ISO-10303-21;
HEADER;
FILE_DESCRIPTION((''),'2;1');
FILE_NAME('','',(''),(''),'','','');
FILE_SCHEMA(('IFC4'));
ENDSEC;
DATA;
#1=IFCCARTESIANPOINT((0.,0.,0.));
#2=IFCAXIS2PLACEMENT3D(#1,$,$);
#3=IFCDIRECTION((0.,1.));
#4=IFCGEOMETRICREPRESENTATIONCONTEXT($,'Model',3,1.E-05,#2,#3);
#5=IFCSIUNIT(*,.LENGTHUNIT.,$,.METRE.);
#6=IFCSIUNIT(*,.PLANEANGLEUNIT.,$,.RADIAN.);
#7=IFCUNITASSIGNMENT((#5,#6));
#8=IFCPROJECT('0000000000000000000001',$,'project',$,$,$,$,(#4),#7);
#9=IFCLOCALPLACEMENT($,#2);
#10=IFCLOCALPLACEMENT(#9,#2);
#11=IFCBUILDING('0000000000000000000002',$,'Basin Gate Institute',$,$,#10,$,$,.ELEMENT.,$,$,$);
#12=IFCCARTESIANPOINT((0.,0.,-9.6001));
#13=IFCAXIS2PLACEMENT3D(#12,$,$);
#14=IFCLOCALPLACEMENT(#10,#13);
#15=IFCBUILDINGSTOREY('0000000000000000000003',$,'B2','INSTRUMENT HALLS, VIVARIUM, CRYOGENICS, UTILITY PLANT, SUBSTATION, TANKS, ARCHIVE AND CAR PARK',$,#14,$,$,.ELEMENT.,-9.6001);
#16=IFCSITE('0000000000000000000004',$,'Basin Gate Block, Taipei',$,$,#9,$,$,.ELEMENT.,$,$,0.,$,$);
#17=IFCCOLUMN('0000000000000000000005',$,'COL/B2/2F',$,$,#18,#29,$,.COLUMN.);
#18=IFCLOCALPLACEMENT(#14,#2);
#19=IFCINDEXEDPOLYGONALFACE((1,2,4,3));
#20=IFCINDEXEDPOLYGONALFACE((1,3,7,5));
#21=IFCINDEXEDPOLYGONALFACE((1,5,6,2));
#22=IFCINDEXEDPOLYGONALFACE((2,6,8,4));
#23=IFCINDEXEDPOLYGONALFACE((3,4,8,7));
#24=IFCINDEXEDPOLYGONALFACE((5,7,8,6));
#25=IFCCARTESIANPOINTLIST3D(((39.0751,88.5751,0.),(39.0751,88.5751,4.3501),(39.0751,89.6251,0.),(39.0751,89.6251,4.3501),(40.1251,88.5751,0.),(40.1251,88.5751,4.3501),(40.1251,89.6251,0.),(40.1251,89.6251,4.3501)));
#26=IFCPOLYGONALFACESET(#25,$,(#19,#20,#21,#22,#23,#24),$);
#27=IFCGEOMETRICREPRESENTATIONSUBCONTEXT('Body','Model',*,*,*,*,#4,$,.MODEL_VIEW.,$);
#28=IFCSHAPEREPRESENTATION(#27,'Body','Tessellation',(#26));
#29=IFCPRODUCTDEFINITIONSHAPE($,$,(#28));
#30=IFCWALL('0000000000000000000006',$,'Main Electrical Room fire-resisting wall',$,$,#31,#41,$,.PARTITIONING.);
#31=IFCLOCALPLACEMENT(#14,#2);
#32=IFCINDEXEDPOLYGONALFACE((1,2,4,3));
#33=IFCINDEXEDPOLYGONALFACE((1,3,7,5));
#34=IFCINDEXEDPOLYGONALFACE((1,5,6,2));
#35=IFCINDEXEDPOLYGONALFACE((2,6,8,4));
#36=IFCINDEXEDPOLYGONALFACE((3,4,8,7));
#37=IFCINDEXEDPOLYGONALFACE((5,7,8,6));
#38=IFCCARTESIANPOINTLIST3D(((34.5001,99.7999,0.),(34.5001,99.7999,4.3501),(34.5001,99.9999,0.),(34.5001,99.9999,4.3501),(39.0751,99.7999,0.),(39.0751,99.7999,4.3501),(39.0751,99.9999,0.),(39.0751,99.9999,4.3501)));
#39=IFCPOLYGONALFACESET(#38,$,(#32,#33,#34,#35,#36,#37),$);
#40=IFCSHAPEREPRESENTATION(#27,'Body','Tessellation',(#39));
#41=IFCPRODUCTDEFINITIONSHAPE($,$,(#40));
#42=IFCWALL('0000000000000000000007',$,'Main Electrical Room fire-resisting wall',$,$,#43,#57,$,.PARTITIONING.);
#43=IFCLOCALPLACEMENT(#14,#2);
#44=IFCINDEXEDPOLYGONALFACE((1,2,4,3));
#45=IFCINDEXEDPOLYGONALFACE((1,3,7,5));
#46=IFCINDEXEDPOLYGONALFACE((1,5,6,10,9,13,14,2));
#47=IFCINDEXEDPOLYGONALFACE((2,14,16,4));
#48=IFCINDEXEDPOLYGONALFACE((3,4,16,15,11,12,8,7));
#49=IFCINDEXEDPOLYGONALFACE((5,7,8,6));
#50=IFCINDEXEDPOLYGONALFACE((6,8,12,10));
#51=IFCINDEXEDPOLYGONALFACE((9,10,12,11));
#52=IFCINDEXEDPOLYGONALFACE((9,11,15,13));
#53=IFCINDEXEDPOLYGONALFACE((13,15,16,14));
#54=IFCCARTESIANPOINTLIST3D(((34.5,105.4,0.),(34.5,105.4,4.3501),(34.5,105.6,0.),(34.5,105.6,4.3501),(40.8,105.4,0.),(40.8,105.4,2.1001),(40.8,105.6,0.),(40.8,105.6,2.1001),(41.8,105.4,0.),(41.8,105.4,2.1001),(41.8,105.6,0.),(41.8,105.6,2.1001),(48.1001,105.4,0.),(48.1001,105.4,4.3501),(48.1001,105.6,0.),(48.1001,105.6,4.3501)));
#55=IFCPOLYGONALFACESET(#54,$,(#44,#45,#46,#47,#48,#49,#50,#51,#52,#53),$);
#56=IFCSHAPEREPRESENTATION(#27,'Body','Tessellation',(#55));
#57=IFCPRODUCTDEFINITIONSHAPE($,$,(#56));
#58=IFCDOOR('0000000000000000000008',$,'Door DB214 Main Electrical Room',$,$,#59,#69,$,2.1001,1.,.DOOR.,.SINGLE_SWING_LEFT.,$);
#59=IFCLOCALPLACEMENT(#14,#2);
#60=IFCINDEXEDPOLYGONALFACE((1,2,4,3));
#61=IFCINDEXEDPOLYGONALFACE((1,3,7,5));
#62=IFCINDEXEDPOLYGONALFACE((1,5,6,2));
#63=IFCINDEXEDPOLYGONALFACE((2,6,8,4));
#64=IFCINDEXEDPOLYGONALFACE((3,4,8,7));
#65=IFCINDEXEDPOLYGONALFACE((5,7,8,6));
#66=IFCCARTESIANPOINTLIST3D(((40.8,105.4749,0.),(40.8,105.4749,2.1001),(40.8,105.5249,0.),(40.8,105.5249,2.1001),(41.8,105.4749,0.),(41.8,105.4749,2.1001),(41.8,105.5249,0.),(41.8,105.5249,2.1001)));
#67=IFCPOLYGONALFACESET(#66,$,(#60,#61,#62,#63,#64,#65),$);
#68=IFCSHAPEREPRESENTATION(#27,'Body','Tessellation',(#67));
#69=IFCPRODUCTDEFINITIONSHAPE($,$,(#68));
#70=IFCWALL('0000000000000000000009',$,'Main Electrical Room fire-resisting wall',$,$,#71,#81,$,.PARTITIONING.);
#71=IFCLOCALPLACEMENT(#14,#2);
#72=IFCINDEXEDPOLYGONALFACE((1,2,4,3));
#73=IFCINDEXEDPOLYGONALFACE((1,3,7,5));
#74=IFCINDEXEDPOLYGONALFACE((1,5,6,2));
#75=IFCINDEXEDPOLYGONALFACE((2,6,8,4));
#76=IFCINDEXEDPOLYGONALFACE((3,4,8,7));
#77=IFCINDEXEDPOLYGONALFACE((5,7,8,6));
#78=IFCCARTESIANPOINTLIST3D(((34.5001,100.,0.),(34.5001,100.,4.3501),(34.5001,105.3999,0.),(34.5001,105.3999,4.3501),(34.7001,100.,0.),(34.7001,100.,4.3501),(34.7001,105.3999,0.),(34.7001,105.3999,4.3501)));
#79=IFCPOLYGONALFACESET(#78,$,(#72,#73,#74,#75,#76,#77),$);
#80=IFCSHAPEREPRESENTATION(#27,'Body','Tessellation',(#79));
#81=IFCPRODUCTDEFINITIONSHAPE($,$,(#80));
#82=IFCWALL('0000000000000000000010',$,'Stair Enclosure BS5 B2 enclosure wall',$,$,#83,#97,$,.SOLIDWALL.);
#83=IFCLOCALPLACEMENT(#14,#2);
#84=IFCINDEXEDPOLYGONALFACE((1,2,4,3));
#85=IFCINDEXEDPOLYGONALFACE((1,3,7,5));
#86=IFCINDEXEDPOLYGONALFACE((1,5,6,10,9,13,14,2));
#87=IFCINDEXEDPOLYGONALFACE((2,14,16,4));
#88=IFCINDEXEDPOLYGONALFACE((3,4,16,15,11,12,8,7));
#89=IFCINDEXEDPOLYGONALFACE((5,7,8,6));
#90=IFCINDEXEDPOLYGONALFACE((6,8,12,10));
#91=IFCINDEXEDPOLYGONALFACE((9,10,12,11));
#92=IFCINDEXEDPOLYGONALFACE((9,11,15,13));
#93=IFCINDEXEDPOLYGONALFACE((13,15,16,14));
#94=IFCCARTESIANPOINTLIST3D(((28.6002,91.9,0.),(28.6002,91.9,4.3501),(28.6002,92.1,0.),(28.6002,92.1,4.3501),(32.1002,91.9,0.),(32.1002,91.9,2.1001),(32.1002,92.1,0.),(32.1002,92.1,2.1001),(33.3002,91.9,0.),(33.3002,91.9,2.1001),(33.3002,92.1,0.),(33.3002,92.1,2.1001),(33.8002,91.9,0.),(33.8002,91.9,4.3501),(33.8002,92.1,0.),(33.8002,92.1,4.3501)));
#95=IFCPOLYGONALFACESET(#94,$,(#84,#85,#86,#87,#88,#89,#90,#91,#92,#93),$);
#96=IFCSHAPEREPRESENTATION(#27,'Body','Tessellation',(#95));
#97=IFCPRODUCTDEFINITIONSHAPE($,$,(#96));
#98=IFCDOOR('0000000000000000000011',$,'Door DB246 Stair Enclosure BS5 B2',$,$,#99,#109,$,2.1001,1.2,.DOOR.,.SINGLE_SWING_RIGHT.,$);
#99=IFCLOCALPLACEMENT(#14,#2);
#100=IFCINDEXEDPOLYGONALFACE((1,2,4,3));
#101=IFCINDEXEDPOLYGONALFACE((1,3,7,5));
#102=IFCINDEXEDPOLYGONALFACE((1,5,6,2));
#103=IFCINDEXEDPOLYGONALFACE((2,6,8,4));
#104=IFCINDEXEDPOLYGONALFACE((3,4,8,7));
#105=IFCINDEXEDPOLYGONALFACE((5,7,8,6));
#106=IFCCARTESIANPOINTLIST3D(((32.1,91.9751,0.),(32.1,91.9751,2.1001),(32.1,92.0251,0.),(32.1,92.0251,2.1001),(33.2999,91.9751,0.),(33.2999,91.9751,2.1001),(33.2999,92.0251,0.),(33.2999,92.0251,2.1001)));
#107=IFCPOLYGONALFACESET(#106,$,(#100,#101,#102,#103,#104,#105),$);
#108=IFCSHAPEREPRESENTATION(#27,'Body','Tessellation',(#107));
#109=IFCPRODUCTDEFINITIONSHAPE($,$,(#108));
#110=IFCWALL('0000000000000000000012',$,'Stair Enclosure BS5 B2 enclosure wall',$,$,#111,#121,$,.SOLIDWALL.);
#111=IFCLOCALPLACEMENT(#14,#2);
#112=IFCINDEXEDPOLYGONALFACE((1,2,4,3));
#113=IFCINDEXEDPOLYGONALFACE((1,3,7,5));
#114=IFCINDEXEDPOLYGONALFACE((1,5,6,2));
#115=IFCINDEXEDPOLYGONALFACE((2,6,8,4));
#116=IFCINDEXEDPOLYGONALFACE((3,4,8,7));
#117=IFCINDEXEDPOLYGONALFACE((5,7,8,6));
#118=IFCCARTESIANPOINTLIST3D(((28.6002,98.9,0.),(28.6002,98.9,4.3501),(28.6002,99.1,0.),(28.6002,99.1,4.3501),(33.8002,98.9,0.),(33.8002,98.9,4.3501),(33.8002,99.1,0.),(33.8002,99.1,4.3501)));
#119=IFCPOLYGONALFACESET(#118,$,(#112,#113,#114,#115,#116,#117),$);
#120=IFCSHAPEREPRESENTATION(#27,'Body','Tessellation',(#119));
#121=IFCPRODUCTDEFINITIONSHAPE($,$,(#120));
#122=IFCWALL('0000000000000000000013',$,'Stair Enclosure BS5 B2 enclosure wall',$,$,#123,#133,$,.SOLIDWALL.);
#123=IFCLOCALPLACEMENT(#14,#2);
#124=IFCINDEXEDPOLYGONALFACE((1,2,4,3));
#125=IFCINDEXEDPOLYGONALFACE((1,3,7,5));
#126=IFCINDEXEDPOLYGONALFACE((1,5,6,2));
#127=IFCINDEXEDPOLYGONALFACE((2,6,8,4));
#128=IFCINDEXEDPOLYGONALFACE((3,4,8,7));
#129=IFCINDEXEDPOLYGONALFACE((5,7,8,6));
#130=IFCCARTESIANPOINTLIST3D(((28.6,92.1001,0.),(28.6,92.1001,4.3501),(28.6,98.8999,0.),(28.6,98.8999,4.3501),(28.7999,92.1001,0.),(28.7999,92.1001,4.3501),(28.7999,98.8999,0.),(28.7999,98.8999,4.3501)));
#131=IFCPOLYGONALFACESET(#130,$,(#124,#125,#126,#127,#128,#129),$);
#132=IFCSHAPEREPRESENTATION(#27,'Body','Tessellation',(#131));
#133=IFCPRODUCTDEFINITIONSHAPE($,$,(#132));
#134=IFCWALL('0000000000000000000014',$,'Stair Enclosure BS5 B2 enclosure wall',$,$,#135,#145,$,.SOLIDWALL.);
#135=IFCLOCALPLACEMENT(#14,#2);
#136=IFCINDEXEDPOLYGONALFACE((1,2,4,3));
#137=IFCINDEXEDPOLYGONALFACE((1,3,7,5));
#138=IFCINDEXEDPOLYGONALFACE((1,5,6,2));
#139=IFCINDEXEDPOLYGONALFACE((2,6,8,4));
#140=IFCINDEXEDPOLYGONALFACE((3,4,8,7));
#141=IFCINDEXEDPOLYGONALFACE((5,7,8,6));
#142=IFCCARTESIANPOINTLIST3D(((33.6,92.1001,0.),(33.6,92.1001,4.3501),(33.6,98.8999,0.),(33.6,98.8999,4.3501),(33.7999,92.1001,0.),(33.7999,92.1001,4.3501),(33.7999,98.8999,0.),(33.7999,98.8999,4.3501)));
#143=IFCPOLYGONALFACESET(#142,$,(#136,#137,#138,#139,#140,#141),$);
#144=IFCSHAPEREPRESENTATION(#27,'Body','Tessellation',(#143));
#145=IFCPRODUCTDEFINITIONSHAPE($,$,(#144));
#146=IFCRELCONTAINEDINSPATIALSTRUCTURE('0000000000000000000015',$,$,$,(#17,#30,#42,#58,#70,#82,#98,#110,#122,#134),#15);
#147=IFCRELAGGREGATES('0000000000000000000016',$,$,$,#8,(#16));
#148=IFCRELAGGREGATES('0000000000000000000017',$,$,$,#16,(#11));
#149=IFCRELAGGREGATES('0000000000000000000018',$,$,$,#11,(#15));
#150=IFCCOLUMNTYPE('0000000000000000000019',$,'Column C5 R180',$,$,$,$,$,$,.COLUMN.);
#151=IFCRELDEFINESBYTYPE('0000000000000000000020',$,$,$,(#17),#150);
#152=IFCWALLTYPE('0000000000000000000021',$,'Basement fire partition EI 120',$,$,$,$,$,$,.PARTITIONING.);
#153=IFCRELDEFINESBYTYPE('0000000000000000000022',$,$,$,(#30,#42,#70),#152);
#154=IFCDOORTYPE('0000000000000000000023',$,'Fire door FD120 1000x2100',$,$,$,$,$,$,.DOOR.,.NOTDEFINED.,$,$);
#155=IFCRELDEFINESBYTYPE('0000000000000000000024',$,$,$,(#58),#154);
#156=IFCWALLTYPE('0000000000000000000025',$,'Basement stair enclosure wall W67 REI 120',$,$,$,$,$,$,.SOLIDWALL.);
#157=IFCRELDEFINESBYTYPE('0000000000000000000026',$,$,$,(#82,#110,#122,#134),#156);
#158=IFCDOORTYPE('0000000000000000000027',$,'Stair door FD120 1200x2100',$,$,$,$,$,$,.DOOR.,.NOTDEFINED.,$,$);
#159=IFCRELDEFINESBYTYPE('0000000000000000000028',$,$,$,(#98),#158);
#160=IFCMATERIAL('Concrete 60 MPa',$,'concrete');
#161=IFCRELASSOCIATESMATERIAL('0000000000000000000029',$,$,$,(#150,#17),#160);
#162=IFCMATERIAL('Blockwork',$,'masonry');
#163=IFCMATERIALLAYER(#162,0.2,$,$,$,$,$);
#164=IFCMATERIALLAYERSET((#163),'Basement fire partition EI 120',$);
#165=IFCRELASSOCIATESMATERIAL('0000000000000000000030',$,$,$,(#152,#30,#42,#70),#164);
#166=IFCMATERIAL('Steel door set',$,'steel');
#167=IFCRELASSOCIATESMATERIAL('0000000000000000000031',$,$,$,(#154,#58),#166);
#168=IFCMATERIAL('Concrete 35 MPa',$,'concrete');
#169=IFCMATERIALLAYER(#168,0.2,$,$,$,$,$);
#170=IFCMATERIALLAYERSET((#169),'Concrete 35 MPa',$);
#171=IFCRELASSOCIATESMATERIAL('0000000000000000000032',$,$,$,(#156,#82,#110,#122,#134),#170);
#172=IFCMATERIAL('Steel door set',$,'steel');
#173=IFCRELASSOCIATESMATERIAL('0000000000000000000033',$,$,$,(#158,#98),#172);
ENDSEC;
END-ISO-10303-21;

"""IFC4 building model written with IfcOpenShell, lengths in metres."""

from ifc_helpers import new_model, si_unit, direction, frame, frame_2d, origin, origin_2d, place, context, subcontext, project, spatial, rectangle, extrude, material, layer, layer_set, material_profile, profile_set, type_object, element, fill, save


model = new_model("IFC4")

# Units and contexts
model_context = context("Model", 3, precision=1e-05, world=origin(), true_north=direction((0.0, 1.0)))
body_context = subcontext(model_context, "Body", "Model", "MODEL_VIEW")
ifc_project = project(units=[si_unit("LENGTHUNIT", "METRE"), si_unit("PLANEANGLEUNIT", "RADIAN")], contexts=[model_context])

# Site, building, storey
site_placement = place(None, origin())
site = spatial("IfcSite", under=ifc_project, at=site_placement, Name="Basin Gate Block, Taipei", CompositionType="ELEMENT", RefElevation=0.0)
building_placement = place(site_placement, origin())
building = spatial("IfcBuilding", under=site, at=building_placement, Name="Basin Gate Institute", CompositionType="ELEMENT")
storey_placement = place(building_placement, frame((0.0, 0.0, -9.6001)))
storey = spatial("IfcBuildingStorey", under=building, at=storey_placement, Name="B2", Description="INSTRUMENT HALLS, VIVARIUM, CRYOGENICS, UTILITY PLANT, SUBSTATION, TANKS, ARCHIVE AND CAR PARK", CompositionType="ELEMENT", Elevation=-9.6001)

# Column
ifc_material_1 = material(Name="Concrete 60 MPa", Category="concrete")
ifc_material_profile_1 = material_profile(ifc_material_1, rectangle(XDim=1.05, YDim=1.05, at=origin_2d()), Name="Column C5 1050 x 1050")
ifc_profile_set_1 = profile_set([ifc_material_profile_1], Name="Concrete 60 MPa")
column_type = type_object("IfcColumnType", Name="Column C5 R180", PredefinedType="COLUMN", material=ifc_profile_set_1)
column_placement = place(storey_placement, frame((39.6001, 89.1001, 0.0), z_axis=(0.0, 0.0, 1.0), x_axis=(1.0, 0.0, 0.0)))
element("IfcColumn", 1, at=column_placement, inside=storey, type_object=column_type, material=ifc_profile_set_1, Name="COL/B2/2F", PredefinedType="COLUMN", context=body_context, shape_type="SweptSolid", body=[
    extrude(rectangle(XDim=1.05, YDim=1.05, at=origin_2d()), origin(), (0.0, 0.0, 1.0), 4.3501),
])

# Wall
ifc_material_2 = material(Name="Blockwork", Category="masonry")
ifc_layer_1 = layer(ifc_material_2, 0.2)
ifc_layer_set_1 = layer_set([ifc_layer_1], Name="Basement fire partition EI 120")
wall_type_1 = type_object("IfcWallType", Name="Basement fire partition EI 120", PredefinedType="PARTITIONING", material=ifc_layer_set_1)
wall_1_placement = place(storey_placement, frame((34.5, 99.8999, 0.0), z_axis=(0.0, 0.0, 1.0), x_axis=(1.0, 0.0, 0.0)))
element("IfcWall", 2, at=wall_1_placement, inside=storey, type_object=wall_type_1, material=ifc_layer_set_1, Name="Main Electrical Room fire-resisting wall", PredefinedType="PARTITIONING", context=body_context, shape_type="SweptSolid", body=[
    extrude(rectangle(XDim=4.575, YDim=0.2, at=frame_2d((2.2876, 0.0))), origin(), (0.0, 0.0, 1.0), 4.3501),
])

# Wall, opening, door
wall_2_placement = place(storey_placement, frame((34.5, 105.5, 0.0), z_axis=(0.0, 0.0, 1.0), x_axis=(1.0, 0.0, 0.0)))
wall_2 = element("IfcWall", 3, at=wall_2_placement, inside=storey, type_object=wall_type_1, material=ifc_layer_set_1, Name="Main Electrical Room fire-resisting wall", PredefinedType="PARTITIONING", context=body_context, shape_type="SweptSolid", body=[
    extrude(rectangle(XDim=13.6001, YDim=0.2, at=frame_2d((6.8, 0.0))), origin(), (0.0, 0.0, 1.0), 4.3501),
])
opening_1_placement = place(wall_2_placement, frame((6.3, 0.0, 0.0)))
opening_1 = element("IfcOpeningElement", 4, at=opening_1_placement, cuts=wall_2, PredefinedType="OPENING", context=body_context, shape_type="SweptSolid", body=[
    extrude(rectangle(XDim=1.0, YDim=2.1001, at=frame_2d((0.5, 1.05))), frame((0.0, 0.1099, 0.0), z_axis=(0.0, -1.0, 0.0), x_axis=(1.0, 0.0, 0.0)), (0.0, 0.0, 1.0), 0.22),
])
ifc_material_3 = material(Name="Steel door set", Category="steel")
door_type_1 = type_object("IfcDoorType", Name="Fire door FD120 1000x2100", OperationType="NOTDEFINED", PredefinedType="DOOR", material=ifc_material_3)
door_1_placement = place(opening_1_placement, origin())
door_1 = element("IfcDoor", 5, at=door_1_placement, inside=storey, type_object=door_type_1, material=ifc_material_3, Name="Door DB214 Main Electrical Room", OperationType="SINGLE_SWING_LEFT", OverallHeight=2.1001, OverallWidth=1.0, PredefinedType="DOOR", context=body_context, shape_type="SweptSolid", body=[
    extrude(rectangle(XDim=1.0, YDim=2.1001, at=frame_2d((0.5, 1.05))), frame((0.0, 0.0249, 0.0), z_axis=(0.0, -1.0, 0.0), x_axis=(1.0, 0.0, 0.0)), (0.0, 0.0, 1.0), 0.05),
])
fill(opening_1, door_1)

# Wall
wall_3_placement = place(storey_placement, frame((34.6001, 100.0, 0.0), z_axis=(0.0, 0.0, 1.0), x_axis=(0.0, 1.0, 0.0)))
element("IfcWall", 6, at=wall_3_placement, inside=storey, type_object=wall_type_1, material=ifc_layer_set_1, Name="Main Electrical Room fire-resisting wall", PredefinedType="PARTITIONING", context=body_context, shape_type="SweptSolid", body=[
    extrude(rectangle(XDim=5.3999, YDim=0.2, at=frame_2d((2.7, 0.0))), origin(), (0.0, 0.0, 1.0), 4.3501),
])

# Wall, opening, door
ifc_material_4 = material(Name="Concrete 35 MPa", Category="concrete")
ifc_layer_2 = layer(ifc_material_4, 0.2)
ifc_layer_set_2 = layer_set([ifc_layer_2], Name="Concrete 35 MPa")
wall_type_2 = type_object("IfcWallType", Name="Basement stair enclosure wall W67 REI 120", PredefinedType="SOLIDWALL", material=ifc_layer_set_2)
wall_4_placement = place(storey_placement, frame((28.6001, 92.0, 0.0), z_axis=(0.0, 0.0, 1.0), x_axis=(1.0, 0.0, 0.0)))
wall_4 = element("IfcWall", 7, at=wall_4_placement, inside=storey, type_object=wall_type_2, material=ifc_layer_set_2, Name="Stair Enclosure BS5 B2 enclosure wall", PredefinedType="SOLIDWALL", context=body_context, shape_type="SweptSolid", body=[
    extrude(rectangle(XDim=5.2, YDim=0.2, at=frame_2d((2.6001, 0.0))), origin(), (0.0, 0.0, 1.0), 4.3501),
])
opening_2_placement = place(wall_4_placement, frame((3.5, 0.0, 0.0)))
opening_2 = element("IfcOpeningElement", 8, at=opening_2_placement, cuts=wall_4, PredefinedType="OPENING", context=body_context, shape_type="SweptSolid", body=[
    extrude(rectangle(XDim=1.2, YDim=2.1001, at=frame_2d((0.6001, 1.05))), frame((0.0, 0.1099, 0.0), z_axis=(0.0, -1.0, 0.0), x_axis=(1.0, 0.0, 0.0)), (0.0, 0.0, 1.0), 0.22),
])
ifc_material_5 = material(Name="Steel door set", Category="steel")
door_type_2 = type_object("IfcDoorType", Name="Stair door FD120 1200x2100", OperationType="NOTDEFINED", PredefinedType="DOOR", material=ifc_material_5)
door_2_placement = place(opening_2_placement, frame((1.2, 0.0, 0.0), z_axis=(0.0, 0.0, 1.0), x_axis=(-1.0, 0.0, 0.0)))
door_2 = element("IfcDoor", 9, at=door_2_placement, inside=storey, type_object=door_type_2, material=ifc_material_5, Name="Door DB246 Stair Enclosure BS5 B2", OperationType="SINGLE_SWING_RIGHT", OverallHeight=2.1001, OverallWidth=1.2, PredefinedType="DOOR", context=body_context, shape_type="SweptSolid", body=[
    extrude(rectangle(XDim=1.2, YDim=2.1001, at=frame_2d((0.6001, 1.05))), frame((0.0, 0.0249, 0.0), z_axis=(0.0, -1.0, 0.0), x_axis=(1.0, 0.0, 0.0)), (0.0, 0.0, 1.0), 0.05),
])
fill(opening_2, door_2)

# Walls
wall_5_placement = place(storey_placement, frame((28.6001, 99.0, 0.0), z_axis=(0.0, 0.0, 1.0), x_axis=(1.0, 0.0, 0.0)))
element("IfcWall", 10, at=wall_5_placement, inside=storey, type_object=wall_type_2, material=ifc_layer_set_2, Name="Stair Enclosure BS5 B2 enclosure wall", PredefinedType="SOLIDWALL", context=body_context, shape_type="SweptSolid", body=[
    extrude(rectangle(XDim=5.2, YDim=0.2, at=frame_2d((2.6001, 0.0))), origin(), (0.0, 0.0, 1.0), 4.3501),
])
for number, where, z_axis, x_axis, name in (
    (11, (28.7, 92.1001, 0.0), (0.0, 0.0, 1.0), (0.0, 1.0, 0.0), "Stair Enclosure BS5 B2 enclosure wall"),
    (12, (33.7, 92.1001, 0.0), (0.0, 0.0, 1.0), (0.0, 1.0, 0.0), "Stair Enclosure BS5 B2 enclosure wall"),
):
    element("IfcWall", number, at=place(storey_placement, frame(where, z_axis=z_axis, x_axis=x_axis)), inside=storey, type_object=wall_type_2, material=ifc_layer_set_2, Name=name, PredefinedType="SOLIDWALL", context=body_context, shape_type="SweptSolid", body=[
        extrude(rectangle(XDim=6.7998, YDim=0.2, at=frame_2d((3.3999, 0.0))), origin(), (0.0, 0.0, 1.0), 4.3501),
    ])

save(model, "model.ifc")
